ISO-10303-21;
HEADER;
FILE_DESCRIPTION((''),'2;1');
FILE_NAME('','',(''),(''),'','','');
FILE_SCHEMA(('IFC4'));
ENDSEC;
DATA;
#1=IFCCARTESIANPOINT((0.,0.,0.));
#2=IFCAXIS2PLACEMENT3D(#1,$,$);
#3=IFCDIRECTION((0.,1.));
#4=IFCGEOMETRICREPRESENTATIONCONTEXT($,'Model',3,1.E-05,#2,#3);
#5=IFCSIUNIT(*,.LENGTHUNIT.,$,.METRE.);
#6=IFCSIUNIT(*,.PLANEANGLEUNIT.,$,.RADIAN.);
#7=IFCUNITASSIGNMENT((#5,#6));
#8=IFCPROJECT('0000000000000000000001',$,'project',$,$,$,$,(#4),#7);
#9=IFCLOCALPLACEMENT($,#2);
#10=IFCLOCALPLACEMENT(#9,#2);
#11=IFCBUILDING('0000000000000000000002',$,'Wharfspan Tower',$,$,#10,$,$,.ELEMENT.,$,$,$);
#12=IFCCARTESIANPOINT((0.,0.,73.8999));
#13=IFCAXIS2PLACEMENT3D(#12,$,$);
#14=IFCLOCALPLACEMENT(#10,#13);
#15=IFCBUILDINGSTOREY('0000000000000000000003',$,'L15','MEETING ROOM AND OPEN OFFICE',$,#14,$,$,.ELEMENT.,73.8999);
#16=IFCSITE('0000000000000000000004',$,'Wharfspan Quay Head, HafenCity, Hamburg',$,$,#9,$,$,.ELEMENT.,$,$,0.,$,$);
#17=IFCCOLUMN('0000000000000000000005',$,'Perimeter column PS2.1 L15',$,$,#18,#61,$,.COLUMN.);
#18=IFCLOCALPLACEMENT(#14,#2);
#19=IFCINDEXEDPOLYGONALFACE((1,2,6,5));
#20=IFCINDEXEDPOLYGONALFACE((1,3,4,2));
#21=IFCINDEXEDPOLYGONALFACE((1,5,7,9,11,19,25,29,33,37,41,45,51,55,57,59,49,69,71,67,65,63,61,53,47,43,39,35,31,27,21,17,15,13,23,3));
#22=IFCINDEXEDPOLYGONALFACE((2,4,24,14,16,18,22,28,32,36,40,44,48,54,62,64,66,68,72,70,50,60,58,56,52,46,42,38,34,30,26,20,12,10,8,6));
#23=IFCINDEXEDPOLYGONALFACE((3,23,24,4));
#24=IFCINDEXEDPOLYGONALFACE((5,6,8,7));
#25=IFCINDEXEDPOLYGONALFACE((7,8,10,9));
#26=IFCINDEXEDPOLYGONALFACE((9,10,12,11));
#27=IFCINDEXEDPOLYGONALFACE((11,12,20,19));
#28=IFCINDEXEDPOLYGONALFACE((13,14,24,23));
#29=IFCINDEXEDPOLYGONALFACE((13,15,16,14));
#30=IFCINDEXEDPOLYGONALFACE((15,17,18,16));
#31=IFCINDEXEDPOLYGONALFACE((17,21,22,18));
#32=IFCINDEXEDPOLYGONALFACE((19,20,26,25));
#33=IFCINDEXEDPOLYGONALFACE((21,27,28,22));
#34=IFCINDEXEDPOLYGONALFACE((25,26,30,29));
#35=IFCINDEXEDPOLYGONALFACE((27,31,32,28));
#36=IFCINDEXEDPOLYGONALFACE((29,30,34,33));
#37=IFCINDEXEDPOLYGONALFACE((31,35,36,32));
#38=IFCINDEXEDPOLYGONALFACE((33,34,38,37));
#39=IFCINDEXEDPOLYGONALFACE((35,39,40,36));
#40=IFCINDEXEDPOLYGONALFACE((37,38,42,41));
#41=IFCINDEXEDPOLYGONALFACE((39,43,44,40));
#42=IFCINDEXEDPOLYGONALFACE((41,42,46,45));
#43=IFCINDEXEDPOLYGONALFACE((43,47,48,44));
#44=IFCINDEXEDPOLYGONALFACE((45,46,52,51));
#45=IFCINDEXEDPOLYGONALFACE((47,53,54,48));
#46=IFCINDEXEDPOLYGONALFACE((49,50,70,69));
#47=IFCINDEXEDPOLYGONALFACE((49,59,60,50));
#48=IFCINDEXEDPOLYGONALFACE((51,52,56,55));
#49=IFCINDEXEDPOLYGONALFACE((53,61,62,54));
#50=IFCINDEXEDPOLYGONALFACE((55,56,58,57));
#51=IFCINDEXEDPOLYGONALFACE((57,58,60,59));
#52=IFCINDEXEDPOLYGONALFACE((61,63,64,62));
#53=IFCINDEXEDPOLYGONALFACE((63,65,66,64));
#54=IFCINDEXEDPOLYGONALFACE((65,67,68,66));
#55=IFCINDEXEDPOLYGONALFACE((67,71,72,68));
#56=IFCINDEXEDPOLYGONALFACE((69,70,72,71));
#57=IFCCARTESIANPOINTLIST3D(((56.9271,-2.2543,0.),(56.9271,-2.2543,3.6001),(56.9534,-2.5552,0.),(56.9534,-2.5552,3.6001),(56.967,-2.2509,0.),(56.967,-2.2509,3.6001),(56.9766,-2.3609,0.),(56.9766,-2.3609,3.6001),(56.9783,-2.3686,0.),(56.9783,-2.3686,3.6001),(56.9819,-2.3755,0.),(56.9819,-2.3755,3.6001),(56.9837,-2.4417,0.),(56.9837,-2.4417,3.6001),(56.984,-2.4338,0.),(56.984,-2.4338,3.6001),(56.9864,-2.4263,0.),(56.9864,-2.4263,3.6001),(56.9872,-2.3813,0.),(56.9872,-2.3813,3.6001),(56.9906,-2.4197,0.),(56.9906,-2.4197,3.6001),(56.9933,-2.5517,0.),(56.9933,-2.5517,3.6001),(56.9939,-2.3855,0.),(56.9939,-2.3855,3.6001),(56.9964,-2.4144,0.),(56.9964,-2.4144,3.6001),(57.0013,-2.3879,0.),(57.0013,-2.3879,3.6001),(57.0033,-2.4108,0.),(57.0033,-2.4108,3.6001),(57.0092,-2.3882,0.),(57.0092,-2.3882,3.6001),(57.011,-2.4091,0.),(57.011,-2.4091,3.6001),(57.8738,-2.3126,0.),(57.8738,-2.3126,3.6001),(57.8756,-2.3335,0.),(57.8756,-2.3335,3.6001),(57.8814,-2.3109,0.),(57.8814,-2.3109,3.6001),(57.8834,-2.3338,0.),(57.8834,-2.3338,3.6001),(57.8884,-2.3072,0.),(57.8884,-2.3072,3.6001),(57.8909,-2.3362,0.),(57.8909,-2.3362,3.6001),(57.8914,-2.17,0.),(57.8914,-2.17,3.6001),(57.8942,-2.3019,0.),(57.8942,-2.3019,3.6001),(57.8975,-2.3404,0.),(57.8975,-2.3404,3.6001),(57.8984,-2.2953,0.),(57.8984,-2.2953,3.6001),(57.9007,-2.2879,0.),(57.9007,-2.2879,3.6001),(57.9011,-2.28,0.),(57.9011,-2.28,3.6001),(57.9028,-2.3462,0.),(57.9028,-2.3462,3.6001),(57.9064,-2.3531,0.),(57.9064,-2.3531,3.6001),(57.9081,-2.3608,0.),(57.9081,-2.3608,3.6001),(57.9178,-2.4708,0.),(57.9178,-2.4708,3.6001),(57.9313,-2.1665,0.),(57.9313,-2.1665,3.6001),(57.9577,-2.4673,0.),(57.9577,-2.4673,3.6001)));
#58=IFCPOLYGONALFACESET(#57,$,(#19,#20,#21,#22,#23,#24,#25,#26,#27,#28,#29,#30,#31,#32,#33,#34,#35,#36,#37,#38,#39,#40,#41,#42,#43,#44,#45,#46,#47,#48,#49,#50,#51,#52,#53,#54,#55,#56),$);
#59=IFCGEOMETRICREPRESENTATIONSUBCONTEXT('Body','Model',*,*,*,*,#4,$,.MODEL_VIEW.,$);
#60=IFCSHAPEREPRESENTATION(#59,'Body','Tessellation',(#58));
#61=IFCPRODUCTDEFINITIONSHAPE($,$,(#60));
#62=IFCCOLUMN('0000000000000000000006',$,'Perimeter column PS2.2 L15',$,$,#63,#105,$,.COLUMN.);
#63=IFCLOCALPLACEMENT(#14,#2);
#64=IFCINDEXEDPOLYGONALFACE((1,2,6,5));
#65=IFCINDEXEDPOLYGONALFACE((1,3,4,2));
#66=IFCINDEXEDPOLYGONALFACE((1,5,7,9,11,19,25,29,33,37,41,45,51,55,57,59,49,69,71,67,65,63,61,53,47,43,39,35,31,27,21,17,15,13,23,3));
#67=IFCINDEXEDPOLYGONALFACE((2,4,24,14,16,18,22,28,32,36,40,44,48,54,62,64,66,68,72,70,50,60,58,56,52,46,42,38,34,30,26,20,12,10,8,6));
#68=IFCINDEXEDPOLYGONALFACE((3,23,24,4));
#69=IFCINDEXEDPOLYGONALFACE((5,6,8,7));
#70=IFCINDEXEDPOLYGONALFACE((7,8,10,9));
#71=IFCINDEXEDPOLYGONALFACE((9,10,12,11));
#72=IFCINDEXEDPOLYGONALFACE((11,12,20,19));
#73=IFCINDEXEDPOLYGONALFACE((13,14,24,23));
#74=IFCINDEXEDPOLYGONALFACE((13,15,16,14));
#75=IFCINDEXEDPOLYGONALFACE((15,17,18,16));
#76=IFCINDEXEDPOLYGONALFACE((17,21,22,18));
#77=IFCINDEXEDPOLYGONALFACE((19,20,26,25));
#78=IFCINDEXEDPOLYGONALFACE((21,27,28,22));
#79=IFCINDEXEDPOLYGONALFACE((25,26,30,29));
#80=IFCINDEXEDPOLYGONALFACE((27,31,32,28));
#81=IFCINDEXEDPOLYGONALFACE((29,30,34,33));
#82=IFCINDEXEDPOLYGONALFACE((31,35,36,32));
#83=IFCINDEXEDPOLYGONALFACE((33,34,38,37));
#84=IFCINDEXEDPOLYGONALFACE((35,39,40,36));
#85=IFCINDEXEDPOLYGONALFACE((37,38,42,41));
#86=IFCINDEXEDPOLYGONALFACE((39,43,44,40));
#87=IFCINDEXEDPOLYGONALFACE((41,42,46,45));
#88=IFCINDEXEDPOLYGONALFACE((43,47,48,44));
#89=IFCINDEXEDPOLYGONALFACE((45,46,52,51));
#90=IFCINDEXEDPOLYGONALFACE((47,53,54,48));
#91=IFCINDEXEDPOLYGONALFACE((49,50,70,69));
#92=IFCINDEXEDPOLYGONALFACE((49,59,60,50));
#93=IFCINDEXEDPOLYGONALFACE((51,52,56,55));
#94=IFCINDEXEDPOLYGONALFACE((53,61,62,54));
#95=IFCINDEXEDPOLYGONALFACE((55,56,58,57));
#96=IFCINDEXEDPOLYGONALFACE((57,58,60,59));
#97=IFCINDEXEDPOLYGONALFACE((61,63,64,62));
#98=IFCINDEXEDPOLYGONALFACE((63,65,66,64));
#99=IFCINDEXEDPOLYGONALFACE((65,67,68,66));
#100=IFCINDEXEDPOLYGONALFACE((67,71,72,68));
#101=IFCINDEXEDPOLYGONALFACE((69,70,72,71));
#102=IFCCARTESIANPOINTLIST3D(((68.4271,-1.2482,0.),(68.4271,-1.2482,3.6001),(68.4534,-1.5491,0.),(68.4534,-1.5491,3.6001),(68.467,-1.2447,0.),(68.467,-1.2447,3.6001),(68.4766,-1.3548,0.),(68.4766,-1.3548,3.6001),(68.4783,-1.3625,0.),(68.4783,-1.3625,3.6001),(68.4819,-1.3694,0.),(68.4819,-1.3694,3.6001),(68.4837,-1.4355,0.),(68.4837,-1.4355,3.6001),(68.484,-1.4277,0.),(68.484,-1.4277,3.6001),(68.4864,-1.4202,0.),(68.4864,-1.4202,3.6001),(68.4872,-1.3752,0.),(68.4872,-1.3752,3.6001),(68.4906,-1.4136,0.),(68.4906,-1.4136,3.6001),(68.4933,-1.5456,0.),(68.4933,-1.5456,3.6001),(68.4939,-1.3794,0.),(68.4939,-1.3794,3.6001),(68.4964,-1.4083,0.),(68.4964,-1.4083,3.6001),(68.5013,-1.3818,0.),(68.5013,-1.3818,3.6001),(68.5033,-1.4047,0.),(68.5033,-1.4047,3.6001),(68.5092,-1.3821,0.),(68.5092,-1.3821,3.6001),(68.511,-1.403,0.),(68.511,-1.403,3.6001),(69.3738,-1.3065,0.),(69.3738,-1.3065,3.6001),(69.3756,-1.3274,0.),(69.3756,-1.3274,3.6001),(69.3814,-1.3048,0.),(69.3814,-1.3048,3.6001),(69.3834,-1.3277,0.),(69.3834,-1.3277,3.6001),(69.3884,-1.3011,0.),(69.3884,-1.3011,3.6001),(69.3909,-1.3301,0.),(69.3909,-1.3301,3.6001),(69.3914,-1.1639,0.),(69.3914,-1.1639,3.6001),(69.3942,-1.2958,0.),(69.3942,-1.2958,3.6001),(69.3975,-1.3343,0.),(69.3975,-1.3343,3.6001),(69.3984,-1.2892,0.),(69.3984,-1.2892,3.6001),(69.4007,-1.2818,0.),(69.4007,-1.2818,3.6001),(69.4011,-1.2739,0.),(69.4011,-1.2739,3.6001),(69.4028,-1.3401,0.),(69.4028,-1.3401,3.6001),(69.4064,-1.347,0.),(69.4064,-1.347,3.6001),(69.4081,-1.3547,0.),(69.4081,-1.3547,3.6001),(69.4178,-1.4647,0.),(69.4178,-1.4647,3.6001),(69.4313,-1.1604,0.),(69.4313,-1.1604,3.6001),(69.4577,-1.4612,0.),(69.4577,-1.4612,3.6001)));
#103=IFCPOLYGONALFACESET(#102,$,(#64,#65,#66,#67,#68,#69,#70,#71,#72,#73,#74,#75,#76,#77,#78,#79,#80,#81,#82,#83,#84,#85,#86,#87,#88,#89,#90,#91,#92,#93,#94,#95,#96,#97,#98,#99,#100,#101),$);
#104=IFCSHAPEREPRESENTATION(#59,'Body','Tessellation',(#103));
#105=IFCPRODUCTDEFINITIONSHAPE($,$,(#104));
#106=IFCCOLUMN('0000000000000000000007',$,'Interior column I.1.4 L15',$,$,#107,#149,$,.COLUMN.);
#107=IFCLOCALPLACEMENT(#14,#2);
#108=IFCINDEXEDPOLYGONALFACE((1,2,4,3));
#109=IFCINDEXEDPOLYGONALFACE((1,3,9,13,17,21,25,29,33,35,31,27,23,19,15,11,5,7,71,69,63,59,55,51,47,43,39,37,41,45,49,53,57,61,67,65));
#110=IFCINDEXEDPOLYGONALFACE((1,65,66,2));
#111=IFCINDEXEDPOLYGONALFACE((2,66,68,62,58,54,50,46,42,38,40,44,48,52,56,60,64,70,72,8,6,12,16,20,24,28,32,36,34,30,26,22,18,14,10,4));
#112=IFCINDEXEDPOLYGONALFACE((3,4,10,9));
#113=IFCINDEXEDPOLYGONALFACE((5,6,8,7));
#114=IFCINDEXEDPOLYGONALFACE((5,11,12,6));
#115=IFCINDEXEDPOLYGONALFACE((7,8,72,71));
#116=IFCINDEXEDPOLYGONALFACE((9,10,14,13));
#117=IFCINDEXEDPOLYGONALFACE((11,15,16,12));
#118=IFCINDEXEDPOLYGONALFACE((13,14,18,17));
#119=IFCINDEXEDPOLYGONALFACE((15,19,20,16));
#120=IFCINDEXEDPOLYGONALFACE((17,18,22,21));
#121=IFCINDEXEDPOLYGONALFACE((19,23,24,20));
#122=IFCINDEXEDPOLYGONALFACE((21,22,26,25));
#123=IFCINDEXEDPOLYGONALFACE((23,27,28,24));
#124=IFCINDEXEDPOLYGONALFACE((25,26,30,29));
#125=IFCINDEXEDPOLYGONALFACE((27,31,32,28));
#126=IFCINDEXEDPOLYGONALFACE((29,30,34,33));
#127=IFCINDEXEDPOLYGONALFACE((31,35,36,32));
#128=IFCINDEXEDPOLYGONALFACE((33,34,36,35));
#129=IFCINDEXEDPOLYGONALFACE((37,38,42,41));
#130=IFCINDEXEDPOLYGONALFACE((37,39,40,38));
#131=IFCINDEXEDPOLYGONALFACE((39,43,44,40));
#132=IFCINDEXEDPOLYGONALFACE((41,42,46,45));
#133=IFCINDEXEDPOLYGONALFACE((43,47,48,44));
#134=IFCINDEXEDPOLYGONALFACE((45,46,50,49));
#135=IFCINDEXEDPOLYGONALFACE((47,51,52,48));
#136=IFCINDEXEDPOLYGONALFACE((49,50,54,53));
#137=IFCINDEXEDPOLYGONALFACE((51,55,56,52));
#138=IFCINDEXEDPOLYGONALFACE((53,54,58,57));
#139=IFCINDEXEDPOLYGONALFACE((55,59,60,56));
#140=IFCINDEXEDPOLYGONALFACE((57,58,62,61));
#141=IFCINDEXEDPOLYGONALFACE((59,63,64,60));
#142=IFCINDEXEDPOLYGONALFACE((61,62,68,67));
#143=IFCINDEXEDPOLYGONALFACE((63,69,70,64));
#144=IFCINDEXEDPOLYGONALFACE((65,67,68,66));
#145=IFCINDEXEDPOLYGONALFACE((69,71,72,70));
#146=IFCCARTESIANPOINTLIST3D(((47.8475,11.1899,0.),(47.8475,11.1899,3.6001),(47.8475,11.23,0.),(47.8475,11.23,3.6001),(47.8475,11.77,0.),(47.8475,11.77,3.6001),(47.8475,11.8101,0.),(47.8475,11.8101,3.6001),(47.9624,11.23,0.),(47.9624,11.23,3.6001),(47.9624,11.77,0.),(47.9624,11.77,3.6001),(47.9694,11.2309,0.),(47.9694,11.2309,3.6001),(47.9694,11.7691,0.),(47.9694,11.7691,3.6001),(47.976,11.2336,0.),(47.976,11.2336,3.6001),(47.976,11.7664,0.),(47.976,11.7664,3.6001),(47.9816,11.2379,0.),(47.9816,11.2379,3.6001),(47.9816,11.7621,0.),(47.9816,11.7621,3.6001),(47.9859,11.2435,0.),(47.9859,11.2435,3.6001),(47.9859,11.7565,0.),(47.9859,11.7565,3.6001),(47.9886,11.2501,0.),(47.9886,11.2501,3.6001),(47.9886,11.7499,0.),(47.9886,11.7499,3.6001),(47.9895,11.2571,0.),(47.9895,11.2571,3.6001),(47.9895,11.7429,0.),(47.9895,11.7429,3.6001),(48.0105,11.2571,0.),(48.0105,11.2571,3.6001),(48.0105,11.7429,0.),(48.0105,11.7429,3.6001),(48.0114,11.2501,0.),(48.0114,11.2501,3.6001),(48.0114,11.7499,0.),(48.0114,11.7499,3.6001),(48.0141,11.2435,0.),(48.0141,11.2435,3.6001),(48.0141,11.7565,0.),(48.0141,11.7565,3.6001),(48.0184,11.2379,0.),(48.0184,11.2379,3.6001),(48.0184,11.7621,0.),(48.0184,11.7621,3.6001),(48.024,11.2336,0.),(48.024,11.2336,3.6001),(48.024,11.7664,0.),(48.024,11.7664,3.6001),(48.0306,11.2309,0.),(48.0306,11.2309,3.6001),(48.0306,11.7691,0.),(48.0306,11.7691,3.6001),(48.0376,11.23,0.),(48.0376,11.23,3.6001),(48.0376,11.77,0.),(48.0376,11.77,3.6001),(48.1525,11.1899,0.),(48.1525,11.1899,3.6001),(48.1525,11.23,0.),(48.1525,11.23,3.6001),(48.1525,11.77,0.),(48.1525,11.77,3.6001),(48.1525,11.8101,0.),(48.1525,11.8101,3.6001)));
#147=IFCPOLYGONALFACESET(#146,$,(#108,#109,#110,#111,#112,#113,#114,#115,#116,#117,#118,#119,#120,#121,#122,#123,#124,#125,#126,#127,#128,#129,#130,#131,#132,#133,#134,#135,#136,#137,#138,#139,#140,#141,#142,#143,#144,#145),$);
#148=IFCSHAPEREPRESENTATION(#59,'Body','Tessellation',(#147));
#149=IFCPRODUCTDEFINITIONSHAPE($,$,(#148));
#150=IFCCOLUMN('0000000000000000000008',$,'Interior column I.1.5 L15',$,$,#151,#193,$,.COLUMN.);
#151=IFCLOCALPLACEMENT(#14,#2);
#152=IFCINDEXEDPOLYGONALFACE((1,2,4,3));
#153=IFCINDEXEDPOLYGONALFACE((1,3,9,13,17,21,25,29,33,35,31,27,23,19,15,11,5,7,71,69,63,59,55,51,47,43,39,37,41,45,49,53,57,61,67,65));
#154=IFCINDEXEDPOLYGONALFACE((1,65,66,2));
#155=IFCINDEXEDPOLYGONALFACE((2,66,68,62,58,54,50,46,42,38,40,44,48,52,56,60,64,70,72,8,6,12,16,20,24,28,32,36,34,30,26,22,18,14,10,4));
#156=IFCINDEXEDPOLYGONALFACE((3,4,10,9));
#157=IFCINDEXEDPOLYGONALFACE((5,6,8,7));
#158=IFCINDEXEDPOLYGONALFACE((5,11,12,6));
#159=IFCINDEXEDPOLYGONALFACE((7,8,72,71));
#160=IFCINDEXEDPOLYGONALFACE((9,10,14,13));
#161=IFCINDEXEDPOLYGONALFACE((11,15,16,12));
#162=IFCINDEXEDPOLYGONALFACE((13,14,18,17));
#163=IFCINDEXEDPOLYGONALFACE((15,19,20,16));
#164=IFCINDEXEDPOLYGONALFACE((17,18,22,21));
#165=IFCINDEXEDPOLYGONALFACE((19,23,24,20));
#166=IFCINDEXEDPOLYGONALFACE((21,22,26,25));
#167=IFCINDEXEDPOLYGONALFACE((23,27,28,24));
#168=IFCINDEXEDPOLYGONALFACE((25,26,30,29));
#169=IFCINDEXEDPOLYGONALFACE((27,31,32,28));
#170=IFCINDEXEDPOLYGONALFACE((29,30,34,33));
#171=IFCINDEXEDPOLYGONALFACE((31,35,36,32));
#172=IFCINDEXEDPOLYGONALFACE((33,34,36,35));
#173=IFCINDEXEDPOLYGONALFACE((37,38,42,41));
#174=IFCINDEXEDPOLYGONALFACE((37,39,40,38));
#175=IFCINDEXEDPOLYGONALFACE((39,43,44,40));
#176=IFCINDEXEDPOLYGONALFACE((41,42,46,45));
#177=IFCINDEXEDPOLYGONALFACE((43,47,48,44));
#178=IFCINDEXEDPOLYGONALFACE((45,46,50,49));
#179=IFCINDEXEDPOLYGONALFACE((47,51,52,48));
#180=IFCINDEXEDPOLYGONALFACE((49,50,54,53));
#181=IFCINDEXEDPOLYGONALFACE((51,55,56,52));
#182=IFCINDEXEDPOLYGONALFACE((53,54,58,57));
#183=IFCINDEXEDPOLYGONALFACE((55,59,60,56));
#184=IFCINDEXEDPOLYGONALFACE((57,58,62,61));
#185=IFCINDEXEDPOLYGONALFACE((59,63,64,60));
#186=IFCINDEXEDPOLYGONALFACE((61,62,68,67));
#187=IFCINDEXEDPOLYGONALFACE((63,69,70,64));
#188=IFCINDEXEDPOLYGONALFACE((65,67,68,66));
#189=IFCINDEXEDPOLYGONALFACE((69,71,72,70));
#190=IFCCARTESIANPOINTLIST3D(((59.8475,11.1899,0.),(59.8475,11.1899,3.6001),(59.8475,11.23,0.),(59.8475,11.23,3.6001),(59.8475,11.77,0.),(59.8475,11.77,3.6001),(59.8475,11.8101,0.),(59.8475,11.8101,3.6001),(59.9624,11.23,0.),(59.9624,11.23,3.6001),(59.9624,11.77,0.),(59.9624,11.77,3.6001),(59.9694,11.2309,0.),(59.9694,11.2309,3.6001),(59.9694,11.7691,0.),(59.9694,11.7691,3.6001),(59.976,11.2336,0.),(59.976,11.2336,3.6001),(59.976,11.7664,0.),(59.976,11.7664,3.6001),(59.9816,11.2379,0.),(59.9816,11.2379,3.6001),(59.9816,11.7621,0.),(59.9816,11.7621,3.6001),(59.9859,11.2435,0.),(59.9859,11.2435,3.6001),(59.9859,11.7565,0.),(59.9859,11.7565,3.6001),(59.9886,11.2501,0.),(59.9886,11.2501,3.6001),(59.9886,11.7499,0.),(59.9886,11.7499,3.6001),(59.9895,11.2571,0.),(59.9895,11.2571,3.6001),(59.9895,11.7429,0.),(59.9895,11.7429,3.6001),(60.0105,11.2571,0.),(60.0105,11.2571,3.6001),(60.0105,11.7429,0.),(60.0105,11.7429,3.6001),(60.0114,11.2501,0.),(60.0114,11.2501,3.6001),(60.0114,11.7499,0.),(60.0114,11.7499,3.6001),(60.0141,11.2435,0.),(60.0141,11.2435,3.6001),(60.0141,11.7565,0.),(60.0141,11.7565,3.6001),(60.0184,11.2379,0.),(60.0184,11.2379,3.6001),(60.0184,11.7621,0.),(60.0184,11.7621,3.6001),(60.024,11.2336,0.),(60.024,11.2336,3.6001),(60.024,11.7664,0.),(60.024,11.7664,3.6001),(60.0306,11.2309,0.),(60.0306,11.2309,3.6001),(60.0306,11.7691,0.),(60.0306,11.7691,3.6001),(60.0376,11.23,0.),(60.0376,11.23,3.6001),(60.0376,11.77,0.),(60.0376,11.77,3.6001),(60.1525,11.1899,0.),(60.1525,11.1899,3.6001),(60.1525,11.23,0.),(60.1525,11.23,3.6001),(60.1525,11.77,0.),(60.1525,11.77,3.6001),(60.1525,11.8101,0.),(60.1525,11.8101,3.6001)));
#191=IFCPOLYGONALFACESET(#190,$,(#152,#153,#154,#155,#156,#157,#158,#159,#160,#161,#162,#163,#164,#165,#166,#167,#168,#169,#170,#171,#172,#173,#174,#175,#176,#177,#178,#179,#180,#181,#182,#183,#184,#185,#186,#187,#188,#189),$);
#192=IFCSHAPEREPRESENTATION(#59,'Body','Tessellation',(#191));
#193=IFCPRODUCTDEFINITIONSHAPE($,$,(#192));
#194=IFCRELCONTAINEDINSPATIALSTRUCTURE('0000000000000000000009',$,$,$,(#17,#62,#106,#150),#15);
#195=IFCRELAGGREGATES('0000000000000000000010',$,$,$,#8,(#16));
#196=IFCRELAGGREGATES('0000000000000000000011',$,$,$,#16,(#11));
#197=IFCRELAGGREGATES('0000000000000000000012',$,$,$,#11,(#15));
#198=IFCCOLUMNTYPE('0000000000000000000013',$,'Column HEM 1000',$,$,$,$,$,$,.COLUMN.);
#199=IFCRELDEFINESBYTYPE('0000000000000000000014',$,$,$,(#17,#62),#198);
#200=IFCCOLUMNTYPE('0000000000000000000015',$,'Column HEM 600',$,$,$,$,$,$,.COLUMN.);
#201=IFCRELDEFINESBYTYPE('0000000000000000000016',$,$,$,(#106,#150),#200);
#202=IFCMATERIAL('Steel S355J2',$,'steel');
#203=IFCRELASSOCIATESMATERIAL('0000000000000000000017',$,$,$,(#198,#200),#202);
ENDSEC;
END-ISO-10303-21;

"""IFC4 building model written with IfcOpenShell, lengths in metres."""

from ifc_helpers import new_model, si_unit, direction, frame, origin, origin_2d, place, context, subcontext, project, spatial, i_section, extrude, material, material_profile, profile_set, type_object, element, save


model = new_model("IFC4")

# Units and contexts
model_context = context("Model", 3, precision=1e-05, world=origin(), true_north=direction((0.0, 1.0)))
body_context = subcontext(model_context, "Body", "Model", "MODEL_VIEW")
ifc_project = project(units=[si_unit("LENGTHUNIT", "METRE"), si_unit("PLANEANGLEUNIT", "RADIAN")], contexts=[model_context])

# Site, building, storey
site_placement = place(None, origin())
site = spatial("IfcSite", under=ifc_project, at=site_placement, Name="Wharfspan Quay Head, HafenCity, Hamburg", CompositionType="ELEMENT", RefElevation=0.0)
building_placement = place(site_placement, origin())
building = spatial("IfcBuilding", under=site, at=building_placement, Name="Wharfspan Tower", CompositionType="ELEMENT")
storey_placement = place(building_placement, frame((0.0, 0.0, 73.8999)))
storey = spatial("IfcBuildingStorey", under=building, at=storey_placement, Name="L15", Description="MEETING ROOM AND OPEN OFFICE", CompositionType="ELEMENT", Elevation=73.8999)

# Columns
ifc_material_1 = material(Name="Steel S355J2", Category="steel")
ifc_material_profile_1 = material_profile(ifc_material_1, i_section(OverallWidth=0.302, OverallDepth=1.0081, WebThickness=0.021, FlangeThickness=0.04, FilletRadius=0.03, at=origin_2d()))
ifc_profile_set_1 = profile_set([ifc_material_profile_1], Name="Steel S355J2")
column_type_1 = type_object("IfcColumnType", Name="Column HEM 1000", PredefinedType="COLUMN", material=ifc_profile_set_1)
for number, where, z_axis, x_axis, name in (
    (1, (57.4424, -2.3608, 0.0), (0.0, 0.0, 1.0), (0.087156, -0.996198, 0.0), "Perimeter column PS2.1 L15"),
    (2, (68.9424, -1.3547, 0.0), (0.0, 0.0, 1.0), (0.087156, -0.996198, 0.0), "Perimeter column PS2.2 L15"),
):
    element("IfcColumn", number, at=place(storey_placement, frame(where, z_axis=z_axis, x_axis=x_axis)), inside=storey, type_object=column_type_1, Name=name, PredefinedType="COLUMN", context=body_context, shape_type="SweptSolid", body=[
        extrude(i_section(OverallWidth=0.302, OverallDepth=1.0081, WebThickness=0.021, FlangeThickness=0.04, FilletRadius=0.03, at=origin_2d()), origin(), (0.0, 0.0, 1.0), 3.6001),
    ])
ifc_material_profile_2 = material_profile(ifc_material_1, i_section(OverallWidth=0.3049, OverallDepth=0.6201, WebThickness=0.021, FlangeThickness=0.04, FilletRadius=0.0271, at=origin_2d()))
ifc_profile_set_2 = profile_set([ifc_material_profile_2], Name="Steel S355J2")
column_type_2 = type_object("IfcColumnType", Name="Column HEM 600", PredefinedType="COLUMN", material=ifc_profile_set_2)
for number, where, z_axis, x_axis, name in (
    (3, (48.0, 11.5, 0.0), (0.0, 0.0, 1.0), (1.0, 0.0, 0.0), "Interior column I.1.4 L15"),
    (4, (60.0, 11.5, 0.0), (0.0, 0.0, 1.0), (1.0, 0.0, 0.0), "Interior column I.1.5 L15"),
):
    element("IfcColumn", number, at=place(storey_placement, frame(where, z_axis=z_axis, x_axis=x_axis)), inside=storey, type_object=column_type_2, Name=name, PredefinedType="COLUMN", context=body_context, shape_type="SweptSolid", body=[
        extrude(i_section(OverallWidth=0.3049, OverallDepth=0.6201, WebThickness=0.021, FlangeThickness=0.04, FilletRadius=0.0271, at=origin_2d()), origin(), (0.0, 0.0, 1.0), 3.6001),
    ])

save(model, "model.ifc")
